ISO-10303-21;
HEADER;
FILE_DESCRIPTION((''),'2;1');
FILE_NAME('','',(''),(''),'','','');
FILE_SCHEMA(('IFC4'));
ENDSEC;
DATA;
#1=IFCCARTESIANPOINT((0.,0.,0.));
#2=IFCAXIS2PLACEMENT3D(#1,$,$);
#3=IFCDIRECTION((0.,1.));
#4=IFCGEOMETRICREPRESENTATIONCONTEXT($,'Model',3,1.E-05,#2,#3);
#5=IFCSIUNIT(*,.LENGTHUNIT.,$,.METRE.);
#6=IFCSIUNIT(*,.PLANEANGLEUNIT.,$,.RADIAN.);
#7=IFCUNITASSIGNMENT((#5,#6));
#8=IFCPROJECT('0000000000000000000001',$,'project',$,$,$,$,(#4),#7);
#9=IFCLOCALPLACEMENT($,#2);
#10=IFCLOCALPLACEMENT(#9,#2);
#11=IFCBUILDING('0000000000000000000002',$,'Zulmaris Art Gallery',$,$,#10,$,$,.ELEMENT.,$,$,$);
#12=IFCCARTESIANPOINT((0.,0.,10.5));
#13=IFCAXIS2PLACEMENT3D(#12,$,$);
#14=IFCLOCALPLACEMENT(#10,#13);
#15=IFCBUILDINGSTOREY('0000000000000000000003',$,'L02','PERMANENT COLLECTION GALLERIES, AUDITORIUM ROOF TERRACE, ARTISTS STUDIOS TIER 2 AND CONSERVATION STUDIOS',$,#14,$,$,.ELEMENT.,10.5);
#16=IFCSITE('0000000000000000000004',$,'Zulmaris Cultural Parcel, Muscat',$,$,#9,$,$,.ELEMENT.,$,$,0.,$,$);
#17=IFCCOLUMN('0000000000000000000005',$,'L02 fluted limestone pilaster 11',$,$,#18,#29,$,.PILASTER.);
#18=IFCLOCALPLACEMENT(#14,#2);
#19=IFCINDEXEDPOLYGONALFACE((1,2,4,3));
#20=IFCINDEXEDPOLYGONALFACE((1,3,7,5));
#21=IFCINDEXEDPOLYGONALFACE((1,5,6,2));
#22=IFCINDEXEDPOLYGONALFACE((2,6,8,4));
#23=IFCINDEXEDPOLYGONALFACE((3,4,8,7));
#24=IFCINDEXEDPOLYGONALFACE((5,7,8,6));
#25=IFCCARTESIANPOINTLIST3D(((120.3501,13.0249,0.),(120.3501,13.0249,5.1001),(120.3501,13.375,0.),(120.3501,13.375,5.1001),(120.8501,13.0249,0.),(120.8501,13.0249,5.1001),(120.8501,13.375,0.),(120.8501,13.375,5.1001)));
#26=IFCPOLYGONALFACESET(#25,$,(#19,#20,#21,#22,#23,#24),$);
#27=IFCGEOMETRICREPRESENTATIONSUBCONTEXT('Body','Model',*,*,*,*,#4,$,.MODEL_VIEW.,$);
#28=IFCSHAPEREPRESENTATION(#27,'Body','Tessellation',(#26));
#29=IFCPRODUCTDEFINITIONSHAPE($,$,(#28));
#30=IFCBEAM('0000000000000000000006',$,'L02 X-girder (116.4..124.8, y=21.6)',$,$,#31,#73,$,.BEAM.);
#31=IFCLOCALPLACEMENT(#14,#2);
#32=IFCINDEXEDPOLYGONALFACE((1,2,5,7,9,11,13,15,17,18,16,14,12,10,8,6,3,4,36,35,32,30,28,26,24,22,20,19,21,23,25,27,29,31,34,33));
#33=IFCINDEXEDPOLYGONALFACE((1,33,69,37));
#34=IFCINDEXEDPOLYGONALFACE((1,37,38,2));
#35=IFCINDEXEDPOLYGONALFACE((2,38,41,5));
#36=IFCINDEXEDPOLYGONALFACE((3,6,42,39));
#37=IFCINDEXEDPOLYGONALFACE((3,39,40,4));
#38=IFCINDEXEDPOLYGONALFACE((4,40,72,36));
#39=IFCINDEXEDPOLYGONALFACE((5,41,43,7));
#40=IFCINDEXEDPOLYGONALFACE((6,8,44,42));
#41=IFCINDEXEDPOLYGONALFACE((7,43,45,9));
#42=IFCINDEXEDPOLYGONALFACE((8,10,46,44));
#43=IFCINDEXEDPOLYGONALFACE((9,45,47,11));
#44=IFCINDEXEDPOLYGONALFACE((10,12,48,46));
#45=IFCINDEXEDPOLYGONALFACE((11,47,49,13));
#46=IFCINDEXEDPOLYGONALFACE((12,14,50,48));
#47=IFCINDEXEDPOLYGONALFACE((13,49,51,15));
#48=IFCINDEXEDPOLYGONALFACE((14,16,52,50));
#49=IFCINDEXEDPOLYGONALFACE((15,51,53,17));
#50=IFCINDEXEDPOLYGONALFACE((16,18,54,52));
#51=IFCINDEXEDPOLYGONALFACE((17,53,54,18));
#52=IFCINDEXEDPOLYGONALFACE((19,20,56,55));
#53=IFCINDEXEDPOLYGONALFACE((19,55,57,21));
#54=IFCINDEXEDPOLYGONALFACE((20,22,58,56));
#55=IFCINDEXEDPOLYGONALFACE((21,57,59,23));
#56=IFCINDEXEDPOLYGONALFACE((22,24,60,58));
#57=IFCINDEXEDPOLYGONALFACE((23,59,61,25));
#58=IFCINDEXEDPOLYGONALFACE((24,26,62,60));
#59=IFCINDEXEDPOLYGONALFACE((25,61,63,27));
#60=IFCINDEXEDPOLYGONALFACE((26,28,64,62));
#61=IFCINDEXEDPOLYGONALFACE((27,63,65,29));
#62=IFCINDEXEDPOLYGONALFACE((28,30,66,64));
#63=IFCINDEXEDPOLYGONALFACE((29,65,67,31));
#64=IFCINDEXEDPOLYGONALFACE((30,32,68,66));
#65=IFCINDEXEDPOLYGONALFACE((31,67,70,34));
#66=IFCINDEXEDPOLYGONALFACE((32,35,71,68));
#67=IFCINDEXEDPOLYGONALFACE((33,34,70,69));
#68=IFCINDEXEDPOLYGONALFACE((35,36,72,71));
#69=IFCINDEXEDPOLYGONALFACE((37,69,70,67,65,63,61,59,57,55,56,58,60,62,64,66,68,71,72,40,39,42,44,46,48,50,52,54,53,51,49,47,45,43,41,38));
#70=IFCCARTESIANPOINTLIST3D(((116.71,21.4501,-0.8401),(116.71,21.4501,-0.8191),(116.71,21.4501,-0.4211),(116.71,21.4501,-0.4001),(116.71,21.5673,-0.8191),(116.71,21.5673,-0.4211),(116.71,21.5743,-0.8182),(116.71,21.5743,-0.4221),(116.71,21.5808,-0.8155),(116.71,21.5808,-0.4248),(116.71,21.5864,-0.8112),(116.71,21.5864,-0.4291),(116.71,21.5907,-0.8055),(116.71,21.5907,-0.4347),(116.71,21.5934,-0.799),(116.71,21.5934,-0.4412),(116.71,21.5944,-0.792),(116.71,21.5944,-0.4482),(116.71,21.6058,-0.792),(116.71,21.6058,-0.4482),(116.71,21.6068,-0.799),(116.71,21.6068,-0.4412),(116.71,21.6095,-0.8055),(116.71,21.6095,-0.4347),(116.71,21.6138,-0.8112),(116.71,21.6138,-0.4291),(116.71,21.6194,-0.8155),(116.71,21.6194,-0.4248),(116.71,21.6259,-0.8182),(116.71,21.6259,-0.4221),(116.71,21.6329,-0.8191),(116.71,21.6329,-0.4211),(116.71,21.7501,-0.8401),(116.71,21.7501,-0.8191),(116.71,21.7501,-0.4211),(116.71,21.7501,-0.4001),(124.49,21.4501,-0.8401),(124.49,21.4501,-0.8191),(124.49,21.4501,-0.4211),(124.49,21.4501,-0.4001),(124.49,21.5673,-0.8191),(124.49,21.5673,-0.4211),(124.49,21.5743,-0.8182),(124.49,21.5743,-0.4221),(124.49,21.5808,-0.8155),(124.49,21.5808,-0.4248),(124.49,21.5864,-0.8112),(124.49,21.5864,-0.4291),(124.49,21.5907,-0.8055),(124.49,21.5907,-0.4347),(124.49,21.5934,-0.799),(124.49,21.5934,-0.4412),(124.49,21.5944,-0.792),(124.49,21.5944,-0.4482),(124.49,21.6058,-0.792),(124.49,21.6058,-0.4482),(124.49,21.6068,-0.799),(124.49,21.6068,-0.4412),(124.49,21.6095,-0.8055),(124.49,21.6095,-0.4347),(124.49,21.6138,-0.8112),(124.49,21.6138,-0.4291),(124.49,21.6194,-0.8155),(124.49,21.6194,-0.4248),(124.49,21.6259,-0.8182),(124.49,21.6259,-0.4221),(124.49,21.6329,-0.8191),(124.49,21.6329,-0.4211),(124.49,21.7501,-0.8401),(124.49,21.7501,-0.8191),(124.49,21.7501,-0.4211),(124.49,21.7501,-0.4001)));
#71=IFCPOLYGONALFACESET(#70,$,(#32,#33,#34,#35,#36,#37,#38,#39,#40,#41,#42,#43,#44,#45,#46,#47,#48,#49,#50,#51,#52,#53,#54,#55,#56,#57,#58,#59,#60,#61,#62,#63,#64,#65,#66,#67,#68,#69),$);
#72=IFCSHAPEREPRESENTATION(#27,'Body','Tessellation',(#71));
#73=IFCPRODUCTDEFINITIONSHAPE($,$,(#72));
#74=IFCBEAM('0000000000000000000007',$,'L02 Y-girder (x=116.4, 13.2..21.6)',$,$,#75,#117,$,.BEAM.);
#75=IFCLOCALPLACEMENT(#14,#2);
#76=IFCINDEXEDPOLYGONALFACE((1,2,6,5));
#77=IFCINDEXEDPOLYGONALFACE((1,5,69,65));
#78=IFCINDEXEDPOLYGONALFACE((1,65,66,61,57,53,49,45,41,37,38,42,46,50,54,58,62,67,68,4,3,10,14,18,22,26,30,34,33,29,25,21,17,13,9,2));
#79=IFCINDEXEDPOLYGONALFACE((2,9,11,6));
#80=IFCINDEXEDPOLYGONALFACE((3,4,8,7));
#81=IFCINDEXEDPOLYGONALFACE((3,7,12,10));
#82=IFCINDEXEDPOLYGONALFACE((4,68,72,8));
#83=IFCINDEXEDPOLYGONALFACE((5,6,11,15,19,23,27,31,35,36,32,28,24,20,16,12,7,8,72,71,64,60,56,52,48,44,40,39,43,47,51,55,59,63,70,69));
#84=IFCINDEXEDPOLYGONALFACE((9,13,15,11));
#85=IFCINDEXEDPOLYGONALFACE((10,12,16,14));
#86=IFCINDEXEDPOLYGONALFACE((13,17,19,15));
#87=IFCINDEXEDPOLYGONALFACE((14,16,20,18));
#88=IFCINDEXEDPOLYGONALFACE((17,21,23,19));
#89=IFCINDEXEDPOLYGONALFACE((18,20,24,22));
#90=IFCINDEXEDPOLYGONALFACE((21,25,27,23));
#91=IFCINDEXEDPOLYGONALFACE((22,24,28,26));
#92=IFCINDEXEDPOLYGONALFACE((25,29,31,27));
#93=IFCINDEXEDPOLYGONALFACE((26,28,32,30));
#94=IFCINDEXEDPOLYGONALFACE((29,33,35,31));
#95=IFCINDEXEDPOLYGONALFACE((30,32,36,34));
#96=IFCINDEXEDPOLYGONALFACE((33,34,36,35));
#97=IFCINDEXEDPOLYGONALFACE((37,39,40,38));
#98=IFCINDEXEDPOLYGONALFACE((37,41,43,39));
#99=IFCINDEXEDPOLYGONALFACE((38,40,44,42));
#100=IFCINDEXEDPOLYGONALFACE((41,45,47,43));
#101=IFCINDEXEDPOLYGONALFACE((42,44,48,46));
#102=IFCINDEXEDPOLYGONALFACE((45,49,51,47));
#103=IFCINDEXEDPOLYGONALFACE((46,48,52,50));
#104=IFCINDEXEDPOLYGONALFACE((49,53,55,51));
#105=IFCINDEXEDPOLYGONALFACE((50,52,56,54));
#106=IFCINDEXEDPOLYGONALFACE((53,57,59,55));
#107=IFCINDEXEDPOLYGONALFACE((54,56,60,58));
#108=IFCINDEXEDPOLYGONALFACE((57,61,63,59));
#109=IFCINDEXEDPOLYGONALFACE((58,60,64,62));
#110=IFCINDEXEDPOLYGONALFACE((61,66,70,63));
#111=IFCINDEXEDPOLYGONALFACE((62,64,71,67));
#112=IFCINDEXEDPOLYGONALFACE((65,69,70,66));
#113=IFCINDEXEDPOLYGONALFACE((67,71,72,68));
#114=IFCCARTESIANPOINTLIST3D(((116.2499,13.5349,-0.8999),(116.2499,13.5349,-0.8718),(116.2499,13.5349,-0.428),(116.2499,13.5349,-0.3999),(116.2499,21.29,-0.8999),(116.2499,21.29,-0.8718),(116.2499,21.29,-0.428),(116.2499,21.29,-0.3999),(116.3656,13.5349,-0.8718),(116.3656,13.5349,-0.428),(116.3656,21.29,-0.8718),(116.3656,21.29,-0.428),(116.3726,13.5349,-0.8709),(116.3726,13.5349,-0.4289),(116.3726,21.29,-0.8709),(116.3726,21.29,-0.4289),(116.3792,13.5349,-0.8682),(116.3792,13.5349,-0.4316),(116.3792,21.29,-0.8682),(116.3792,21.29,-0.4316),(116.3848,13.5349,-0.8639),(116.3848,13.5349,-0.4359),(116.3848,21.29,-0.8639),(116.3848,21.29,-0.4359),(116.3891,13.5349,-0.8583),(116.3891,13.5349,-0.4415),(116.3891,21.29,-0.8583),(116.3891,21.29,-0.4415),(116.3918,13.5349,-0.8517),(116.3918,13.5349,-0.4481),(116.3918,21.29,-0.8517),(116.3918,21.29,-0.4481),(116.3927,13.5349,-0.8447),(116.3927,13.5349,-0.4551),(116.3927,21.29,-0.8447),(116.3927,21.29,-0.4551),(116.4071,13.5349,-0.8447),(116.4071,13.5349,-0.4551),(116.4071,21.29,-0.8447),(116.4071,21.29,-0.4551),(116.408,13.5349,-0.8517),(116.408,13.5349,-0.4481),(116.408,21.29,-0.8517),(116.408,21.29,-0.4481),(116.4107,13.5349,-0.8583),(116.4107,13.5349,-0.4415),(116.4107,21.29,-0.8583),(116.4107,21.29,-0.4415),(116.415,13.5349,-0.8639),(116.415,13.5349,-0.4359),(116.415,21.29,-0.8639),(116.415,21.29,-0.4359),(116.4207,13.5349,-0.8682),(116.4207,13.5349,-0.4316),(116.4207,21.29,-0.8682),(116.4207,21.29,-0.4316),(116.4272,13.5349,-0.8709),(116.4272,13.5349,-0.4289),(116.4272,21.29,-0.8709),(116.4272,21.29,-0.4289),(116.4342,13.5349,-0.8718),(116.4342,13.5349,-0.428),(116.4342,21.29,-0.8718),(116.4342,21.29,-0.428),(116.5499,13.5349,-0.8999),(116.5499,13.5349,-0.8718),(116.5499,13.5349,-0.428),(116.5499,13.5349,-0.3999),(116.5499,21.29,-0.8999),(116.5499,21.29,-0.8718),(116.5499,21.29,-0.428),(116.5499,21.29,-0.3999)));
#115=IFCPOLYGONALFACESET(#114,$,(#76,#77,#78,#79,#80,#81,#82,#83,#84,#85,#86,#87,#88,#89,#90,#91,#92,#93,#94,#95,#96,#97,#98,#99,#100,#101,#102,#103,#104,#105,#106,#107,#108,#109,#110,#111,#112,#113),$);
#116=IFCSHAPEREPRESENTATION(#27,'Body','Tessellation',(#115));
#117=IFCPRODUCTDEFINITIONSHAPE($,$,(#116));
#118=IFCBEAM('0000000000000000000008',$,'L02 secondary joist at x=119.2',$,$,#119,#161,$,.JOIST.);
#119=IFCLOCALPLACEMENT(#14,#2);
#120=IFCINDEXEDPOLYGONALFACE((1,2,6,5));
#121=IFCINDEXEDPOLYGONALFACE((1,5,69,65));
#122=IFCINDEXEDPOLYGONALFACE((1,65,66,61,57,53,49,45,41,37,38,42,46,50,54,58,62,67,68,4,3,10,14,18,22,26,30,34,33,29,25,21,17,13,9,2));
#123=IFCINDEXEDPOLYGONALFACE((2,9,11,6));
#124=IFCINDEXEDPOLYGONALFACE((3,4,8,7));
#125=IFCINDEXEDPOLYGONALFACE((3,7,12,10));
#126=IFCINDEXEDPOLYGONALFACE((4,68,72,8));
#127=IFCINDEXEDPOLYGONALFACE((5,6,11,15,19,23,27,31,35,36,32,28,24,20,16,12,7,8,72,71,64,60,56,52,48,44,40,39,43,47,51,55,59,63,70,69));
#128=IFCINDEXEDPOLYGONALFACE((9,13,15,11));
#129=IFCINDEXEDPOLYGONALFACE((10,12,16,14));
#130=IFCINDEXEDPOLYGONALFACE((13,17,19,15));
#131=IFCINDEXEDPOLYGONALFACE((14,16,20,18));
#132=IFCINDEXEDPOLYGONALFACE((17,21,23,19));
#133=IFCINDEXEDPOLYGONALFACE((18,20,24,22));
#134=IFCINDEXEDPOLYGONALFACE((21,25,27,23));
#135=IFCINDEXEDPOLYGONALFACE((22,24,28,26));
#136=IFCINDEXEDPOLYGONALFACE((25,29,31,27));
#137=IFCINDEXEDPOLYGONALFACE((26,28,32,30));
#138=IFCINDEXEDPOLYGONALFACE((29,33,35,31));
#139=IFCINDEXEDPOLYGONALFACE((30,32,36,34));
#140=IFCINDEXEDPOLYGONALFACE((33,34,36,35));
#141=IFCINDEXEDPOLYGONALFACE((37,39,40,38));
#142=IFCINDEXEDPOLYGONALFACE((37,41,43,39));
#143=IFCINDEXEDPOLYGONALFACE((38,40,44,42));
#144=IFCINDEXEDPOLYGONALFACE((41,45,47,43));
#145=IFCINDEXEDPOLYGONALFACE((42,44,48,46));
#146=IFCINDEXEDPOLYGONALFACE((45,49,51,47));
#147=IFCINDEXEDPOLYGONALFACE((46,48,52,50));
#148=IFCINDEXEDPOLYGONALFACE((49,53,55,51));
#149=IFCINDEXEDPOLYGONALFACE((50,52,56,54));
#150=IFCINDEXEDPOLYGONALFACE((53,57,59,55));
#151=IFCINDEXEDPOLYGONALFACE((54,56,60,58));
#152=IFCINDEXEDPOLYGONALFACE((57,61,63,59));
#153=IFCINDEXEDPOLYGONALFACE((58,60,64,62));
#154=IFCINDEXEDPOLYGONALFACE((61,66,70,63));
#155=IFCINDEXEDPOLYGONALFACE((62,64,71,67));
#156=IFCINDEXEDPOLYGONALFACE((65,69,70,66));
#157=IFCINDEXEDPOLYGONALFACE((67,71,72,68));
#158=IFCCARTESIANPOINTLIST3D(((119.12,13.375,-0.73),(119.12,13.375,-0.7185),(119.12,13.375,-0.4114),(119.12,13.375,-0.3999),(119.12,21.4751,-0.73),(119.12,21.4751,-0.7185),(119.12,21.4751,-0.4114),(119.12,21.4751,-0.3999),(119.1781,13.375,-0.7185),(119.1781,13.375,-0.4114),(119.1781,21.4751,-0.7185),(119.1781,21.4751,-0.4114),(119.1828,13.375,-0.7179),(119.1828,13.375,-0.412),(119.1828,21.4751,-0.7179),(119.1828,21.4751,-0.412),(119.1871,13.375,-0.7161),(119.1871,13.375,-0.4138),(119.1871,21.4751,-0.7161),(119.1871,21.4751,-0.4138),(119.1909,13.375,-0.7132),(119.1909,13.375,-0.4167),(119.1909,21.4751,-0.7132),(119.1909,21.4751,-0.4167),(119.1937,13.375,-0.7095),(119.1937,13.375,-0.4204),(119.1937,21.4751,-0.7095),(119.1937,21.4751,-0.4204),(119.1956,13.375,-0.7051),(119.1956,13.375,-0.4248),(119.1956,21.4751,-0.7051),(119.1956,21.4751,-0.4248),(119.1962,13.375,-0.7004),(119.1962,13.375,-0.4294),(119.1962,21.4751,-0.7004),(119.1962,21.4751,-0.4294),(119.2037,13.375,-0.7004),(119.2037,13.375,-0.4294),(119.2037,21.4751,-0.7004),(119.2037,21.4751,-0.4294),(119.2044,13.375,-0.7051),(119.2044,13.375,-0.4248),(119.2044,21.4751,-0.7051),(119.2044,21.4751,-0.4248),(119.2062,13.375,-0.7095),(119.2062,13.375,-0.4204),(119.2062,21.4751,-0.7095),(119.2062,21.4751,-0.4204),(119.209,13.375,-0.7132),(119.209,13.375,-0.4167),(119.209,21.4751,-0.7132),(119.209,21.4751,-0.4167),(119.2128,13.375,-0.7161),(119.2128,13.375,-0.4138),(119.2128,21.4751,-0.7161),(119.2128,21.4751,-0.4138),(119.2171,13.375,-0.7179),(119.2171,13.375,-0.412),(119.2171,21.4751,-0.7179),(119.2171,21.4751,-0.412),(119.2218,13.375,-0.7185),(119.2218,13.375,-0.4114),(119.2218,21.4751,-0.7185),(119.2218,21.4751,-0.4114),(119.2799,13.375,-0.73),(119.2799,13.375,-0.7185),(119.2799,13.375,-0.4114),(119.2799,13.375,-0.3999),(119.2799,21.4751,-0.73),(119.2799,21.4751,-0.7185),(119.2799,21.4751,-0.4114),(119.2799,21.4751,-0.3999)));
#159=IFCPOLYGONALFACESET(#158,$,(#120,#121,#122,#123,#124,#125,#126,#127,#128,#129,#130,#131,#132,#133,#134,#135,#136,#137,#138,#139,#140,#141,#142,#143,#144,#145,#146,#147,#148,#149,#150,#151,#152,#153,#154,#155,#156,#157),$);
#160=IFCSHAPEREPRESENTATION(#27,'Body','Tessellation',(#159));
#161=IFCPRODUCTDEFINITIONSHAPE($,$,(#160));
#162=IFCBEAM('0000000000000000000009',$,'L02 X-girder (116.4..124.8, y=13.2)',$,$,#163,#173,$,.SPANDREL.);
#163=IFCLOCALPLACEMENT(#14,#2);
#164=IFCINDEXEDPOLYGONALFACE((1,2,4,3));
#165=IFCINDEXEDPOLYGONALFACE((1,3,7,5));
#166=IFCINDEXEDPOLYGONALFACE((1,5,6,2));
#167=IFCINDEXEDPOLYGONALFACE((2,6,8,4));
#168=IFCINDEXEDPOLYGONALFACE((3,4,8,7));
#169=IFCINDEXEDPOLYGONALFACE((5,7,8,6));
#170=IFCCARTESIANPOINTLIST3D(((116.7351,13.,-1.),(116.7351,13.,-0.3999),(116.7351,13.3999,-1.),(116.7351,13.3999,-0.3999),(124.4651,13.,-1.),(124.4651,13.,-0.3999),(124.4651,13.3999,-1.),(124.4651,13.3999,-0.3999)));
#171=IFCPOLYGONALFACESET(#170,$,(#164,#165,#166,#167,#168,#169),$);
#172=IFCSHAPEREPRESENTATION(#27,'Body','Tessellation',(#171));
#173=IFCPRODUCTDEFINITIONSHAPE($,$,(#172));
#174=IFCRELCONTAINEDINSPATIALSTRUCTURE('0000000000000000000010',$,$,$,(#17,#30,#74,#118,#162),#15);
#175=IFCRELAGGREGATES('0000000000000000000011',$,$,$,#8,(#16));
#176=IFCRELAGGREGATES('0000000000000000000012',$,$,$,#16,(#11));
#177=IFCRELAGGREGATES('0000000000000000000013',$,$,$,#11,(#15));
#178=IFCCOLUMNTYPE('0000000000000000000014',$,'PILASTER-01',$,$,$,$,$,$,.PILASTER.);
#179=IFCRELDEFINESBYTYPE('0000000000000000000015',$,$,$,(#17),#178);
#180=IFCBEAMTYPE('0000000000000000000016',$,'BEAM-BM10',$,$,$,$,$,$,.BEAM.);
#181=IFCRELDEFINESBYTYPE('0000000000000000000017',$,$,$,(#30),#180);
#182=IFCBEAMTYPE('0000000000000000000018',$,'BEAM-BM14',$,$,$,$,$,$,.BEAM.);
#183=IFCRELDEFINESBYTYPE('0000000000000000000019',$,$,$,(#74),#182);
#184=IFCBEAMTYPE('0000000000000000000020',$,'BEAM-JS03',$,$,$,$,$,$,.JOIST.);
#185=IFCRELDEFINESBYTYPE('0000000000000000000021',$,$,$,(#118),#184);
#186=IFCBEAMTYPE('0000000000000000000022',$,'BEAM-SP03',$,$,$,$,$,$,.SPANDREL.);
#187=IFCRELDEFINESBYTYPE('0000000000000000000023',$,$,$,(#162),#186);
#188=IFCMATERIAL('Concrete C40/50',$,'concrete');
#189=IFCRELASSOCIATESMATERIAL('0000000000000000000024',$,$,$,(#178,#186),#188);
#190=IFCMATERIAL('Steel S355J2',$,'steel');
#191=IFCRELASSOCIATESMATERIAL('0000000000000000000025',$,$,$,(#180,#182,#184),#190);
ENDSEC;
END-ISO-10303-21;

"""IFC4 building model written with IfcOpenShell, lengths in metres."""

from ifc_helpers import new_model, si_unit, direction, frame, origin, origin_2d, place, context, subcontext, project, spatial, rectangle, i_section, extrude, material, material_profile, profile_set, type_object, element, save


model = new_model("IFC4")

# Units and contexts
model_context = context("Model", 3, precision=1e-05, world=origin(), true_north=direction((0.0, 1.0)))
body_context = subcontext(model_context, "Body", "Model", "MODEL_VIEW")
ifc_project = project(units=[si_unit("LENGTHUNIT", "METRE"), si_unit("PLANEANGLEUNIT", "RADIAN")], contexts=[model_context])

# Site, building, storey
site_placement = place(None, origin())
site = spatial("IfcSite", under=ifc_project, at=site_placement, Name="Zulmaris Cultural Parcel, Muscat", CompositionType="ELEMENT", RefElevation=0.0)
building_placement = place(site_placement, origin())
building = spatial("IfcBuilding", under=site, at=building_placement, Name="Zulmaris Art Gallery", CompositionType="ELEMENT")
storey_placement = place(building_placement, frame((0.0, 0.0, 10.5)))
storey = spatial("IfcBuildingStorey", under=building, at=storey_placement, Name="L02", Description="PERMANENT COLLECTION GALLERIES, AUDITORIUM ROOF TERRACE, ARTISTS STUDIOS TIER 2 AND CONSERVATION STUDIOS", CompositionType="ELEMENT", Elevation=10.5)

# Column
ifc_material_1 = material(Name="Concrete C40/50", Category="concrete")
ifc_material_profile_1 = material_profile(ifc_material_1, rectangle(XDim=0.5, YDim=0.3501, at=origin_2d()), Name="PIL 500x350")
ifc_profile_set_1 = profile_set([ifc_material_profile_1], Name="Concrete C40/50")
column_type = type_object("IfcColumnType", Name="PILASTER-01", PredefinedType="PILASTER", material=ifc_profile_set_1)
column_placement = place(storey_placement, frame((120.6001, 13.2, 0.0), z_axis=(0.0, 0.0, 1.0), x_axis=(1.0, 0.0, 0.0)))
element("IfcColumn", 1, at=column_placement, inside=storey, type_object=column_type, Name="L02 fluted limestone pilaster 11", PredefinedType="PILASTER", context=body_context, shape_type="SweptSolid", body=[
    extrude(rectangle(XDim=0.5, YDim=0.3501, at=origin_2d()), origin(), (0.0, 0.0, 1.0), 5.1001),
])

# Beams
ifc_material_2 = material(Name="Steel S355J2", Category="steel")
ifc_material_profile_2 = material_profile(ifc_material_2, i_section(OverallWidth=0.3, OverallDepth=0.4399, WebThickness=0.0115, FlangeThickness=0.021, FilletRadius=0.0271, at=origin_2d()), Name="HEA 450")
ifc_profile_set_2 = profile_set([ifc_material_profile_2], Name="Steel S355J2")
beam_type_1 = type_object("IfcBeamType", Name="BEAM-BM10", PredefinedType="BEAM", material=ifc_profile_set_2)
beam_1_placement = place(storey_placement, frame((116.71, 21.6001, -0.6201), z_axis=(1.0, 0.0, 0.0), x_axis=(0.0, 1.0, 0.0)))
element("IfcBeam", 2, at=beam_1_placement, inside=storey, type_object=beam_type_1, Name="L02 X-girder (116.4..124.8, y=21.6)", PredefinedType="BEAM", context=body_context, shape_type="SweptSolid", body=[
    extrude(i_section(OverallWidth=0.3, OverallDepth=0.4399, WebThickness=0.0115, FlangeThickness=0.021, FilletRadius=0.0271, at=origin_2d()), origin(), (0.0, 0.0, 1.0), 7.78),
])
ifc_material_profile_3 = material_profile(ifc_material_2, i_section(OverallWidth=0.3, OverallDepth=0.5, WebThickness=0.0144, FlangeThickness=0.0281, FilletRadius=0.0271, at=origin_2d()), Name="HEB 500")
ifc_profile_set_3 = profile_set([ifc_material_profile_3], Name="Steel S355J2")
beam_type_2 = type_object("IfcBeamType", Name="BEAM-BM14", PredefinedType="BEAM", material=ifc_profile_set_3)
beam_2_placement = place(storey_placement, frame((116.3999, 13.5349, -0.6499), z_axis=(0.0, 1.0, 0.0), x_axis=(-1.0, 0.0, 0.0)))
element("IfcBeam", 3, at=beam_2_placement, inside=storey, type_object=beam_type_2, Name="L02 Y-girder (x=116.4, 13.2..21.6)", PredefinedType="BEAM", context=body_context, shape_type="SweptSolid", body=[
    extrude(i_section(OverallWidth=0.3, OverallDepth=0.5, WebThickness=0.0144, FlangeThickness=0.0281, FilletRadius=0.0271, at=origin_2d()), origin(), (0.0, 0.0, 1.0), 7.7551),
])
ifc_material_profile_4 = material_profile(ifc_material_2, i_section(OverallWidth=0.1599, OverallDepth=0.3301, WebThickness=0.0076, FlangeThickness=0.0115, FilletRadius=0.0181, at=origin_2d()), Name="IPE 330")
ifc_profile_set_4 = profile_set([ifc_material_profile_4], Name="Steel S355J2")
beam_type_3 = type_object("IfcBeamType", Name="BEAM-JS03", PredefinedType="JOIST", material=ifc_profile_set_4)
beam_3_placement = place(storey_placement, frame((119.2, 13.375, -0.5649), z_axis=(0.0, 1.0, 0.0), x_axis=(-1.0, 0.0, 0.0)))
element("IfcBeam", 4, at=beam_3_placement, inside=storey, type_object=beam_type_3, Name="L02 secondary joist at x=119.2", PredefinedType="JOIST", context=body_context, shape_type="SweptSolid", body=[
    extrude(i_section(OverallWidth=0.1599, OverallDepth=0.3301, WebThickness=0.0076, FlangeThickness=0.0115, FilletRadius=0.0181, at=origin_2d()), origin(), (0.0, 0.0, 1.0), 8.1001),
])
ifc_material_profile_5 = material_profile(ifc_material_1, rectangle(XDim=0.3999, YDim=0.6001, at=origin_2d()), Name="RC 400x600")
ifc_profile_set_5 = profile_set([ifc_material_profile_5], Name="Concrete C40/50")
beam_type_4 = type_object("IfcBeamType", Name="BEAM-SP03", PredefinedType="SPANDREL", material=ifc_profile_set_5)
beam_4_placement = place(storey_placement, frame((116.7351, 13.2, -0.7), z_axis=(1.0, 0.0, 0.0), x_axis=(0.0, 1.0, 0.0)))
element("IfcBeam", 5, at=beam_4_placement, inside=storey, type_object=beam_type_4, Name="L02 X-girder (116.4..124.8, y=13.2)", PredefinedType="SPANDREL", context=body_context, shape_type="SweptSolid", body=[
    extrude(rectangle(XDim=0.3999, YDim=0.6001, at=origin_2d()), origin(), (0.0, 0.0, 1.0), 7.73),
])

save(model, "model.ifc")
